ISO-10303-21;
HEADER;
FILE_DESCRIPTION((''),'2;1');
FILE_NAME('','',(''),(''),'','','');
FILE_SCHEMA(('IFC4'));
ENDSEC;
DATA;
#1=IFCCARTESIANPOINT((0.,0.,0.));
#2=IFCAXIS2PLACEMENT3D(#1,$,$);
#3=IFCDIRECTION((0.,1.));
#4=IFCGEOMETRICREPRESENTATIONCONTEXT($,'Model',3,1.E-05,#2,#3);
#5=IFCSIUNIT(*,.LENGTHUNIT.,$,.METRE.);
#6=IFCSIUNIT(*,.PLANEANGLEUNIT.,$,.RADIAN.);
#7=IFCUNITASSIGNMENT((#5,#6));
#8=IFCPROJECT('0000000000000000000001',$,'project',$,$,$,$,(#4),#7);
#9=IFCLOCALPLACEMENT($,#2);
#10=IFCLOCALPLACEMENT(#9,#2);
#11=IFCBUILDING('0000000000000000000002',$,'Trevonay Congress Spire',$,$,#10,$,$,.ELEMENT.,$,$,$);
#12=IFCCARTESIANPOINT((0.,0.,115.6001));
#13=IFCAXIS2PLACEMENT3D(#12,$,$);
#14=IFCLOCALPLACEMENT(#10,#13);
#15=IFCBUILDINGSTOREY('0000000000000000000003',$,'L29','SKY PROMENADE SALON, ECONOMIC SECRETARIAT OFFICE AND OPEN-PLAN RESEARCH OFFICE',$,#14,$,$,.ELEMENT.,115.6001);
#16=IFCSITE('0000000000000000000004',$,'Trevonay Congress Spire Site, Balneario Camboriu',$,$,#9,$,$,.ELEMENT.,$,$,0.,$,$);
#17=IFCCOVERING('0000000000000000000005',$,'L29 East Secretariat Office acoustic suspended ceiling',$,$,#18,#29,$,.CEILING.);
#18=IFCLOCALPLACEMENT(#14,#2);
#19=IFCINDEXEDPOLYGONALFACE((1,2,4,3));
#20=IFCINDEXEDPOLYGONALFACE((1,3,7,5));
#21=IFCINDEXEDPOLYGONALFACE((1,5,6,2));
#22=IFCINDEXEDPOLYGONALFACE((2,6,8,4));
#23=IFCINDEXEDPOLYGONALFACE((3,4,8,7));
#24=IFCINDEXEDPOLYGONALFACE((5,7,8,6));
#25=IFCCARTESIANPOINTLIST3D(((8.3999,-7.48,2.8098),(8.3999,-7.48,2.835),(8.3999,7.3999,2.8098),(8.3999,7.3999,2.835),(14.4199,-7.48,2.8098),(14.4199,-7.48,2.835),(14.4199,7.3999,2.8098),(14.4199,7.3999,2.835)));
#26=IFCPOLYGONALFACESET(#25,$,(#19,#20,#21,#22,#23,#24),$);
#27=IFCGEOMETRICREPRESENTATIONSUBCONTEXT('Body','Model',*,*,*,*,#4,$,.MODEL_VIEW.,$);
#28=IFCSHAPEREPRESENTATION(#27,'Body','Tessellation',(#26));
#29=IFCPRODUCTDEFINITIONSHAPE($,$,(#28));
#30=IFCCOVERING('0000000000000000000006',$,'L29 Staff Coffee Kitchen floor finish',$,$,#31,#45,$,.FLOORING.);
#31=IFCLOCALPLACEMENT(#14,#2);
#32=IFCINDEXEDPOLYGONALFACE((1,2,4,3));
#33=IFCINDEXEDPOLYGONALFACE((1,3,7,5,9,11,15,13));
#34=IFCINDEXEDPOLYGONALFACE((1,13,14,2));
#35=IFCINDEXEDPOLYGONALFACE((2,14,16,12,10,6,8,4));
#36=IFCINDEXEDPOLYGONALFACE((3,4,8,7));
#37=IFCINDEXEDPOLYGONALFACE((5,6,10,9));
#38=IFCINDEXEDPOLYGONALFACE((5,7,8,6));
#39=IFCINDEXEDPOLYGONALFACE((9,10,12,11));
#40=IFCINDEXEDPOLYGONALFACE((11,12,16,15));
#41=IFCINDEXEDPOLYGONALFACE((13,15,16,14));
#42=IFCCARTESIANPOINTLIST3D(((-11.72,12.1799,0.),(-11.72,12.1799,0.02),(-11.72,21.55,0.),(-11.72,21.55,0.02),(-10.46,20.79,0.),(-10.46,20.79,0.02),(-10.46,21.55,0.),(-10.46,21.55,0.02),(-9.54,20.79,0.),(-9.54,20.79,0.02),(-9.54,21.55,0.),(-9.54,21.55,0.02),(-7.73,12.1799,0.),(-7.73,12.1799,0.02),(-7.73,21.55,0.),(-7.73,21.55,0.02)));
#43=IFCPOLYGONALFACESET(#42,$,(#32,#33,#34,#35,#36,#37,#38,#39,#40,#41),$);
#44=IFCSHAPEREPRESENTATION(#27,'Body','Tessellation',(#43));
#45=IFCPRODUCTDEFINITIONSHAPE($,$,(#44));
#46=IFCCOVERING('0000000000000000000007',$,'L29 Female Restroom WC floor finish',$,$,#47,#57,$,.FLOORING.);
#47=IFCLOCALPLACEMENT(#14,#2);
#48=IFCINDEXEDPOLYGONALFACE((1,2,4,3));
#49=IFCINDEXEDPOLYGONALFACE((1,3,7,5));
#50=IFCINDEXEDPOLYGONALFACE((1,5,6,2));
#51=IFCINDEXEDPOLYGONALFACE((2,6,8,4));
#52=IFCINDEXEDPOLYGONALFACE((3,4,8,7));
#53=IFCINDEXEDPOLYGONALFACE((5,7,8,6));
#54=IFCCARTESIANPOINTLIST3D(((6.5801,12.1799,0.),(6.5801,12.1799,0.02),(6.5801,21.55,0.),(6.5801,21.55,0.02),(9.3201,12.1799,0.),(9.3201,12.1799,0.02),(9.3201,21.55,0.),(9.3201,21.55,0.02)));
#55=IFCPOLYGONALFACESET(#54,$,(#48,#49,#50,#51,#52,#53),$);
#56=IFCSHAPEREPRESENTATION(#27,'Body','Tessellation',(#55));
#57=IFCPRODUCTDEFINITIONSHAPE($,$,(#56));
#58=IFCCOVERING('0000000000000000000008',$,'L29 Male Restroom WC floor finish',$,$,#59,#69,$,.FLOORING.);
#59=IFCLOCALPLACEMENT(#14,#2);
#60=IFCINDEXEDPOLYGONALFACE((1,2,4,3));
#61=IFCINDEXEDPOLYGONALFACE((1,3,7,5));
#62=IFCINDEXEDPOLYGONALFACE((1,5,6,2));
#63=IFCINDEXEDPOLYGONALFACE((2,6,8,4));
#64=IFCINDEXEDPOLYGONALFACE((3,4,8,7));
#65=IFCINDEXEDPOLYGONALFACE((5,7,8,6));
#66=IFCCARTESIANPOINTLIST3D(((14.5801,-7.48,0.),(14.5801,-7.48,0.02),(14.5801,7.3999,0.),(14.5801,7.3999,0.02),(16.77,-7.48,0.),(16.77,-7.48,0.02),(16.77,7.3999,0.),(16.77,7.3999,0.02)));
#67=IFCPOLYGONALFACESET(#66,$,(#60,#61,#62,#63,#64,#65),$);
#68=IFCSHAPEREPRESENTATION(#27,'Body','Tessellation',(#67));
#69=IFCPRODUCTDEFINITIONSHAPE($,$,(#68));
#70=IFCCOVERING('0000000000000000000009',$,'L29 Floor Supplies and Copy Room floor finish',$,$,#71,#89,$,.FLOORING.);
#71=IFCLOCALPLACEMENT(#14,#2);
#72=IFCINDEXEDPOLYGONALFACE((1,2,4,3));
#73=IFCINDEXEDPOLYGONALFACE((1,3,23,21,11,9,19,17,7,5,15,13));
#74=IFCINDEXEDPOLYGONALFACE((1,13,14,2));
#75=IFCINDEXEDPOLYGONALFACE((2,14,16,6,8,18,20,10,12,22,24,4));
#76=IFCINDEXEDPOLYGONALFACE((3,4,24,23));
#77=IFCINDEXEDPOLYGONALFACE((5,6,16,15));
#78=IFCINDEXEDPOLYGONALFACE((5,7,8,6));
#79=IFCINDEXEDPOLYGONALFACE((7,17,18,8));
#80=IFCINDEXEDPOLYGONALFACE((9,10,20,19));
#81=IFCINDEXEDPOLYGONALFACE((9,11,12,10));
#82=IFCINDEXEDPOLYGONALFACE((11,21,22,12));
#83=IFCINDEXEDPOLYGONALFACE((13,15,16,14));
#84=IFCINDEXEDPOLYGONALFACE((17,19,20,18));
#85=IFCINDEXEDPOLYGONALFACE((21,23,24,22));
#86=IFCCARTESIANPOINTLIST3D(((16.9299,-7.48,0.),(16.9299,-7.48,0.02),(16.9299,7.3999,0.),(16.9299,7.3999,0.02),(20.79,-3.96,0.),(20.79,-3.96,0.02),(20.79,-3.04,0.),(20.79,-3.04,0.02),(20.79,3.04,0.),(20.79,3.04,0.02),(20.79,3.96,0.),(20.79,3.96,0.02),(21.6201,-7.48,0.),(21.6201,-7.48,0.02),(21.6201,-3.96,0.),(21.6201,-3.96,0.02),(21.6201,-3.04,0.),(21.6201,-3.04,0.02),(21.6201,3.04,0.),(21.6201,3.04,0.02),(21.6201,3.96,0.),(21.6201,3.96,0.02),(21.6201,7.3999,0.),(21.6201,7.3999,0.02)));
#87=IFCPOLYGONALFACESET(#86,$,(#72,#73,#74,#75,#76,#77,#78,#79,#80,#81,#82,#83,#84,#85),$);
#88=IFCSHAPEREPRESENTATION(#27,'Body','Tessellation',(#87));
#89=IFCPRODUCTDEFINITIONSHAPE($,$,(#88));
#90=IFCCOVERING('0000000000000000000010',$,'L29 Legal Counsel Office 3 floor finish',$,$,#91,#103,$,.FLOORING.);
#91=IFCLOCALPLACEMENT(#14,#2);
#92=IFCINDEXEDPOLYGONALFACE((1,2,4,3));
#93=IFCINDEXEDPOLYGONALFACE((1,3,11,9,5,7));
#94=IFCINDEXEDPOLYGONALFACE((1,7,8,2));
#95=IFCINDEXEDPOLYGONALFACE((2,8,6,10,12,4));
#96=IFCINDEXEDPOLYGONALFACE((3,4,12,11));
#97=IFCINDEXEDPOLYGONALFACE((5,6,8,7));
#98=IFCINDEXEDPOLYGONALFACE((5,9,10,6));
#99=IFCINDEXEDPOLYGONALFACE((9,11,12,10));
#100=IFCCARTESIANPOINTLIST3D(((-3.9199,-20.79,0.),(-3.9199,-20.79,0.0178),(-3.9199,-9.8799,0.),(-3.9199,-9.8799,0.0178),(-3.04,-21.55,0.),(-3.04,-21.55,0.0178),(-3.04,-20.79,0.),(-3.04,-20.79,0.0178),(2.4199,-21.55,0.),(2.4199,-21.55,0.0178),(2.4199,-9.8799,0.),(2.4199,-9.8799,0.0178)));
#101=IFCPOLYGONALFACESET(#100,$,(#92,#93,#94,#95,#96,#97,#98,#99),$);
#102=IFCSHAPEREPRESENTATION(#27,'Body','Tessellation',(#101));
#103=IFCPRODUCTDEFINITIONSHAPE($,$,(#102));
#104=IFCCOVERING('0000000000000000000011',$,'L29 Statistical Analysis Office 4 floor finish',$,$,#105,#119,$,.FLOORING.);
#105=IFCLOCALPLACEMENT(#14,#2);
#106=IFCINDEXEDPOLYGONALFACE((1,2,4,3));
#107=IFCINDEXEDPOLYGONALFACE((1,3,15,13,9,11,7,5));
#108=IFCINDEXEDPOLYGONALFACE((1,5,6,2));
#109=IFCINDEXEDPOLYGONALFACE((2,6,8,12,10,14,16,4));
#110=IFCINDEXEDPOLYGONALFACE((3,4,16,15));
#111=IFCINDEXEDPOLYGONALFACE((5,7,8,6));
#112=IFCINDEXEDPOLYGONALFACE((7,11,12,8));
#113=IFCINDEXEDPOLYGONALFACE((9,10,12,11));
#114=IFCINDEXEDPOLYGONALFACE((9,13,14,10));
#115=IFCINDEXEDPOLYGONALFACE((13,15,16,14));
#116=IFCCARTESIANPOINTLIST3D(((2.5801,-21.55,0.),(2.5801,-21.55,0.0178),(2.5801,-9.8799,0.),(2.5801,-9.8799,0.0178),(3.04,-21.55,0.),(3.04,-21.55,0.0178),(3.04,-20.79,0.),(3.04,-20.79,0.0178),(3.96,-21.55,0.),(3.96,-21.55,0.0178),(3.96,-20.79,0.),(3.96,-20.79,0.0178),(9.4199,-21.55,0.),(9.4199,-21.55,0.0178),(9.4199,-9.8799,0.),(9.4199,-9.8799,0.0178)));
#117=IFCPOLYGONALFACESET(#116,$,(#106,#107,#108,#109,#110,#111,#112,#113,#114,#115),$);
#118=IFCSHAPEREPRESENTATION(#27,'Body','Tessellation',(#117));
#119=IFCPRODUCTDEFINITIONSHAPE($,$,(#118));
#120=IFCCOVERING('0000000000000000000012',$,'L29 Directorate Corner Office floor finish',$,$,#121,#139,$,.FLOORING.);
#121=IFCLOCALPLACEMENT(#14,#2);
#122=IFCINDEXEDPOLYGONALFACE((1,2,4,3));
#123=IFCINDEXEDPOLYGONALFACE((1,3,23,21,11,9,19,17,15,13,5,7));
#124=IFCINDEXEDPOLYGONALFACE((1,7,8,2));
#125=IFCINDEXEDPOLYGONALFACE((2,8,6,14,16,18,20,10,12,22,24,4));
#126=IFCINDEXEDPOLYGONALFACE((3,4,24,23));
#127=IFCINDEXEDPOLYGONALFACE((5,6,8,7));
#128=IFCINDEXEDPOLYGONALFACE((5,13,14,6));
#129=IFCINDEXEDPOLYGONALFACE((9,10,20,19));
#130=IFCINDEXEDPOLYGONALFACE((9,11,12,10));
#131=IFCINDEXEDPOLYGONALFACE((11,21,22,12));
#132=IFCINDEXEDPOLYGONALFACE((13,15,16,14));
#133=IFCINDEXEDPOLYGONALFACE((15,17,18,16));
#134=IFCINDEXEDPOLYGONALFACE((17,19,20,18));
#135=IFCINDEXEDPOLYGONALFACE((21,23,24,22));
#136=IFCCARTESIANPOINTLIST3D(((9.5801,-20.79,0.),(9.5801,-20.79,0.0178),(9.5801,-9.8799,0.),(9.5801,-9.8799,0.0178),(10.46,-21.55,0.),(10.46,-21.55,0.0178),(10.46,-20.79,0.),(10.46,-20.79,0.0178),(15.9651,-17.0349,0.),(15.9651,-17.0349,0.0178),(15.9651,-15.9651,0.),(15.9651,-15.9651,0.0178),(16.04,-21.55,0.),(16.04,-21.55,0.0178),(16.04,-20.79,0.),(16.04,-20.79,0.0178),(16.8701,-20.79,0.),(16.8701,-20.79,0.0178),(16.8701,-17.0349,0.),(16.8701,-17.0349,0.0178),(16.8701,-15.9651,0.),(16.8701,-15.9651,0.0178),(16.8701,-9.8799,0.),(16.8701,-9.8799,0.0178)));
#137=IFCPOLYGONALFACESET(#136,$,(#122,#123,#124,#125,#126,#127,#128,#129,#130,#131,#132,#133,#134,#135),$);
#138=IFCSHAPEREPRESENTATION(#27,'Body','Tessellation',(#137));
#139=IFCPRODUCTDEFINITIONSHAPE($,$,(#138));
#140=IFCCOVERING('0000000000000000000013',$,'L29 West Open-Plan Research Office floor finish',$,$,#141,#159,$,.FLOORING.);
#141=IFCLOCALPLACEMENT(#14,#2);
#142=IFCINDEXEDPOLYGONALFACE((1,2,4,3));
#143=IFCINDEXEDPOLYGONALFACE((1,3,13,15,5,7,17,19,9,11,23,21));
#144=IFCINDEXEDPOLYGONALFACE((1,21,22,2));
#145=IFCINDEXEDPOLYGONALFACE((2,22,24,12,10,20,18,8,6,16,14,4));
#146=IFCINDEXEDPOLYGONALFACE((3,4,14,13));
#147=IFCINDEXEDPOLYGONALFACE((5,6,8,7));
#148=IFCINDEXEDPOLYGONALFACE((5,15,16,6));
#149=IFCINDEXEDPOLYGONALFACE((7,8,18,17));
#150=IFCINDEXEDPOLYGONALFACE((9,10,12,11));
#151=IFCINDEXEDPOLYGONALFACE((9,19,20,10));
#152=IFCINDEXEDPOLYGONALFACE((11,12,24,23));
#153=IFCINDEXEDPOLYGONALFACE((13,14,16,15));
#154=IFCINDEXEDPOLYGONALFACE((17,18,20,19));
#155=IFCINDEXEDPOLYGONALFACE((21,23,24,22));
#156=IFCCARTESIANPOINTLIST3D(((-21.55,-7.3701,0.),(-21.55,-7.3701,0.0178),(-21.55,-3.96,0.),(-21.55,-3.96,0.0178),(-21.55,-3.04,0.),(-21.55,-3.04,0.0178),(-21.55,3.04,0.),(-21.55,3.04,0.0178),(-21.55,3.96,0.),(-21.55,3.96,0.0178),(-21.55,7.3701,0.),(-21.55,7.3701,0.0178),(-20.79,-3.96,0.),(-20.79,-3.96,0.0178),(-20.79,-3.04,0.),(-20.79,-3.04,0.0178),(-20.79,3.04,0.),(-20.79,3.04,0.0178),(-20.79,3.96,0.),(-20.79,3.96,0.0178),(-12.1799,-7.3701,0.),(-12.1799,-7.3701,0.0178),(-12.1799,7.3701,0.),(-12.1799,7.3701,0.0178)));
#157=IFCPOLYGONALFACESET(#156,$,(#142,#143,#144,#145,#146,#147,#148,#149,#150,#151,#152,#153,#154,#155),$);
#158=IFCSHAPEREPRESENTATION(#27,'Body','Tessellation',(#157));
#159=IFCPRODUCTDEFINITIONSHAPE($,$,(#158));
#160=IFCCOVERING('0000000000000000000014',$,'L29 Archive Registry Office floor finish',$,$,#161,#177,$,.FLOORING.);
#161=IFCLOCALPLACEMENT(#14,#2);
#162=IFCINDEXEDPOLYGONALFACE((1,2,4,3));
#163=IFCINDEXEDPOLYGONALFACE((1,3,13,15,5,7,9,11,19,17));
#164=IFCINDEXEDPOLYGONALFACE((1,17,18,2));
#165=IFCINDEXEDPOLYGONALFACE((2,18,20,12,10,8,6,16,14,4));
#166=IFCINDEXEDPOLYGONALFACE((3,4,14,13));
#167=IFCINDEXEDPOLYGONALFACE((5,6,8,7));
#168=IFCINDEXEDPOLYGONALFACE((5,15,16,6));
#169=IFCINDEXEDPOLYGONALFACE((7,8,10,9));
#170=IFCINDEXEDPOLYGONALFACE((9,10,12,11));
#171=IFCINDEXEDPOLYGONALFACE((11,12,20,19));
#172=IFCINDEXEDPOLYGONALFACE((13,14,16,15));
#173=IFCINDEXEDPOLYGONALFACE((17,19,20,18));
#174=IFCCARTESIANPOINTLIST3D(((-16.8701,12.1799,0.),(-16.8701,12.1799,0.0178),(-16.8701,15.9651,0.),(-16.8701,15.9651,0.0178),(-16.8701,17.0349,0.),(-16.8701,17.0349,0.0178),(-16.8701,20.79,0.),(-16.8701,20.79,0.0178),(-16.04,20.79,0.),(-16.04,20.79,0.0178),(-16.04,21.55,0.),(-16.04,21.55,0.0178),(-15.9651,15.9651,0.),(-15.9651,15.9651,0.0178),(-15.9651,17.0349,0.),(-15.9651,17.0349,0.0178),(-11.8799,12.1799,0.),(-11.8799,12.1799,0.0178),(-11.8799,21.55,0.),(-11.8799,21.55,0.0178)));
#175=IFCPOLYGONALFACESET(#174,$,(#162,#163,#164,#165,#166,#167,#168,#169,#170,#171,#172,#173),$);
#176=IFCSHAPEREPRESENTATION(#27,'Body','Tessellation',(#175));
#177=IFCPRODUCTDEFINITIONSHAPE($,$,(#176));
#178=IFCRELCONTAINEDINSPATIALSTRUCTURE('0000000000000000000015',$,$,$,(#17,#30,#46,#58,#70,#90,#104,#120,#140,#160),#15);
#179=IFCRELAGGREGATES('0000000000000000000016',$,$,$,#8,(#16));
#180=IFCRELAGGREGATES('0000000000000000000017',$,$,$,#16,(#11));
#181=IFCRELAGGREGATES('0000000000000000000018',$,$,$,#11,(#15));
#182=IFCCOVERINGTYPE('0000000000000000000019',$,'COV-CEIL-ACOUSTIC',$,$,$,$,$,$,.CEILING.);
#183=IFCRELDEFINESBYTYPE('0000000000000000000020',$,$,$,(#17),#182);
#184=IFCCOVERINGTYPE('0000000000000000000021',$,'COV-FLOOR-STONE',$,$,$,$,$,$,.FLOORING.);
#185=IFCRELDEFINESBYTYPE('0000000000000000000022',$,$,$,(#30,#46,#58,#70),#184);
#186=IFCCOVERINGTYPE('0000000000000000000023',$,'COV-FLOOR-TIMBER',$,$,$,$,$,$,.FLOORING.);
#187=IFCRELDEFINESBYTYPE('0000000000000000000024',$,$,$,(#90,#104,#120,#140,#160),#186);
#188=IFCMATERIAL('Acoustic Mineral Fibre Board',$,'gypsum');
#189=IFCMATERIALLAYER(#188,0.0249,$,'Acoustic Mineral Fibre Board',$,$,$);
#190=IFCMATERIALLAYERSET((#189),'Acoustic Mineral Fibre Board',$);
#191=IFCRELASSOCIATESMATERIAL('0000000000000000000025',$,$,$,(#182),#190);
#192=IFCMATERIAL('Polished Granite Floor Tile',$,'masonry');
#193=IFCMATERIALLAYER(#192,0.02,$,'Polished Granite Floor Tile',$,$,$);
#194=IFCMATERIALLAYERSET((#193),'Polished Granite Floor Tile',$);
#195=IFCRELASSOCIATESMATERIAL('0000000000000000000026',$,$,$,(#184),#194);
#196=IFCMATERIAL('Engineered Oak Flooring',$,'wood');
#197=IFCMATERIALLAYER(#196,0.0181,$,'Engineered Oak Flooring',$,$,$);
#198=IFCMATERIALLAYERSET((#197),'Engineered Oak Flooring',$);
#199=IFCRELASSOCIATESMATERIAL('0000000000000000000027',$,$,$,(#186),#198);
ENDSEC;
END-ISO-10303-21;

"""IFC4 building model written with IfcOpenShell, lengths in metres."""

from ifc_helpers import new_model, si_unit, direction, frame, origin, place, context, subcontext, project, spatial, polyline, outline, extrude, material, layer, layer_set, type_object, element, save


model = new_model("IFC4")

# Units and contexts
model_context = context("Model", 3, precision=1e-05, world=origin(), true_north=direction((0.0, 1.0)))
body_context = subcontext(model_context, "Body", "Model", "MODEL_VIEW")
ifc_project = project(units=[si_unit("LENGTHUNIT", "METRE"), si_unit("PLANEANGLEUNIT", "RADIAN")], contexts=[model_context])

# Site, building, storey
site_placement = place(None, origin())
site = spatial("IfcSite", under=ifc_project, at=site_placement, Name="Trevonay Congress Spire Site, Balneario Camboriu", CompositionType="ELEMENT", RefElevation=0.0)
building_placement = place(site_placement, origin())
building = spatial("IfcBuilding", under=site, at=building_placement, Name="Trevonay Congress Spire", CompositionType="ELEMENT")
storey_placement = place(building_placement, frame((0.0, 0.0, 115.6001)))
storey = spatial("IfcBuildingStorey", under=building, at=storey_placement, Name="L29", Description="SKY PROMENADE SALON, ECONOMIC SECRETARIAT OFFICE AND OPEN-PLAN RESEARCH OFFICE", CompositionType="ELEMENT", Elevation=115.6001)

# Coverings
ifc_material_1 = material(Name="Acoustic Mineral Fibre Board", Category="gypsum")
ifc_layer_1 = layer(ifc_material_1, 0.0249, Name="Acoustic Mineral Fibre Board")
ifc_layer_set_1 = layer_set([ifc_layer_1], Name="Acoustic Mineral Fibre Board")
covering_type_1 = type_object("IfcCoveringType", Name="COV-CEIL-ACOUSTIC", PredefinedType="CEILING", material=ifc_layer_set_1)
covering_1_placement = place(storey_placement, frame((0.0, 0.0, 2.8098)))
element("IfcCovering", 1, at=covering_1_placement, inside=storey, type_object=covering_type_1, Name="L29 East Secretariat Office acoustic suspended ceiling", PredefinedType="CEILING", context=body_context, shape_type="SweptSolid", body=[
    extrude(outline(polyline([(8.3999, -7.48), (14.4199, -7.48), (14.4199, 7.3999), (8.3999, 7.3999), (8.3999, -7.48)])), origin(), (0.0, 0.0, 1.0), 0.0251),
])
ifc_material_2 = material(Name="Polished Granite Floor Tile", Category="masonry")
ifc_layer_2 = layer(ifc_material_2, 0.02, Name="Polished Granite Floor Tile")
ifc_layer_set_2 = layer_set([ifc_layer_2], Name="Polished Granite Floor Tile")
covering_type_2 = type_object("IfcCoveringType", Name="COV-FLOOR-STONE", PredefinedType="FLOORING", material=ifc_layer_set_2)
covering_2_placement = place(storey_placement, origin())
element("IfcCovering", 2, at=covering_2_placement, inside=storey, type_object=covering_type_2, Name="L29 Staff Coffee Kitchen floor finish", PredefinedType="FLOORING", context=body_context, shape_type="SweptSolid", body=[
    extrude(outline(polyline([(-7.73, 21.55), (-7.73, 12.1799), (-11.72, 12.1799), (-11.72, 21.55), (-10.46, 21.55), (-10.46, 20.79), (-9.54, 20.79), (-9.54, 21.55), (-7.73, 21.55)])), origin(), (0.0, 0.0, 1.0), 0.02),
])
covering_3_placement = place(storey_placement, origin())
element("IfcCovering", 3, at=covering_3_placement, inside=storey, type_object=covering_type_2, Name="L29 Female Restroom WC floor finish", PredefinedType="FLOORING", context=body_context, shape_type="SweptSolid", body=[
    extrude(outline(polyline([(6.5801, 12.1799), (9.3201, 12.1799), (9.3201, 21.55), (6.5801, 21.55), (6.5801, 12.1799)])), origin(), (0.0, 0.0, 1.0), 0.02),
])
covering_4_placement = place(storey_placement, origin())
element("IfcCovering", 4, at=covering_4_placement, inside=storey, type_object=covering_type_2, Name="L29 Male Restroom WC floor finish", PredefinedType="FLOORING", context=body_context, shape_type="SweptSolid", body=[
    extrude(outline(polyline([(14.5801, -7.48), (16.77, -7.48), (16.77, 7.3999), (14.5801, 7.3999), (14.5801, -7.48)])), origin(), (0.0, 0.0, 1.0), 0.02),
])
covering_5_placement = place(storey_placement, origin())
element("IfcCovering", 5, at=covering_5_placement, inside=storey, type_object=covering_type_2, Name="L29 Floor Supplies and Copy Room floor finish", PredefinedType="FLOORING", context=body_context, shape_type="SweptSolid", body=[
    extrude(outline(polyline([(21.6201, -7.48), (16.9299, -7.48), (16.9299, 7.3999), (21.6201, 7.3999), (21.6201, 3.96), (20.79, 3.96), (20.79, 3.04), (21.6201, 3.04), (21.6201, -3.04), (20.79, -3.04), (20.79, -3.96), (21.6201, -3.96), (21.6201, -7.48)])), origin(), (0.0, 0.0, 1.0), 0.02),
])
ifc_material_3 = material(Name="Engineered Oak Flooring", Category="wood")
ifc_layer_3 = layer(ifc_material_3, 0.0181, Name="Engineered Oak Flooring")
ifc_layer_set_3 = layer_set([ifc_layer_3], Name="Engineered Oak Flooring")
covering_type_3 = type_object("IfcCoveringType", Name="COV-FLOOR-TIMBER", PredefinedType="FLOORING", material=ifc_layer_set_3)
covering_6_placement = place(storey_placement, origin())
element("IfcCovering", 6, at=covering_6_placement, inside=storey, type_object=covering_type_3, Name="L29 Legal Counsel Office 3 floor finish", PredefinedType="FLOORING", context=body_context, shape_type="SweptSolid", body=[
    extrude(outline(polyline([(-3.9199, -9.8799), (2.4199, -9.8799), (2.4199, -21.55), (-3.04, -21.55), (-3.04, -20.79), (-3.9199, -20.79), (-3.9199, -9.8799)])), origin(), (0.0, 0.0, 1.0), 0.0178),
])
covering_7_placement = place(storey_placement, origin())
element("IfcCovering", 7, at=covering_7_placement, inside=storey, type_object=covering_type_3, Name="L29 Statistical Analysis Office 4 floor finish", PredefinedType="FLOORING", context=body_context, shape_type="SweptSolid", body=[
    extrude(outline(polyline([(2.5801, -21.55), (2.5801, -9.8799), (9.4199, -9.8799), (9.4199, -21.55), (3.96, -21.55), (3.96, -20.79), (3.04, -20.79), (3.04, -21.55), (2.5801, -21.55)])), origin(), (0.0, 0.0, 1.0), 0.0178),
])
covering_8_placement = place(storey_placement, origin())
element("IfcCovering", 8, at=covering_8_placement, inside=storey, type_object=covering_type_3, Name="L29 Directorate Corner Office floor finish", PredefinedType="FLOORING", context=body_context, shape_type="SweptSolid", body=[
    extrude(outline(polyline([(10.46, -21.55), (10.46, -20.79), (9.5801, -20.79), (9.5801, -9.8799), (16.8701, -9.8799), (16.8701, -15.9651), (15.9651, -15.9651), (15.9651, -17.0349), (16.8701, -17.0349), (16.8701, -20.79), (16.04, -20.79), (16.04, -21.55), (10.46, -21.55)])), origin(), (0.0, 0.0, 1.0), 0.0178),
])
covering_9_placement = place(storey_placement, origin())
element("IfcCovering", 9, at=covering_9_placement, inside=storey, type_object=covering_type_3, Name="L29 West Open-Plan Research Office floor finish", PredefinedType="FLOORING", context=body_context, shape_type="SweptSolid", body=[
    extrude(outline(polyline([(-21.55, 7.3701), (-12.1799, 7.3701), (-12.1799, -7.3701), (-21.55, -7.3701), (-21.55, -3.96), (-20.79, -3.96), (-20.79, -3.04), (-21.55, -3.04), (-21.55, 3.04), (-20.79, 3.04), (-20.79, 3.96), (-21.55, 3.96), (-21.55, 7.3701)])), origin(), (0.0, 0.0, 1.0), 0.0178),
])
covering_10_placement = place(storey_placement, origin())
element("IfcCovering", 10, at=covering_10_placement, inside=storey, type_object=covering_type_3, Name="L29 Archive Registry Office floor finish", PredefinedType="FLOORING", context=body_context, shape_type="SweptSolid", body=[
    extrude(outline(polyline([(-11.8799, 21.55), (-11.8799, 12.1799), (-16.8701, 12.1799), (-16.8701, 15.9651), (-15.9651, 15.9651), (-15.9651, 17.0349), (-16.8701, 17.0349), (-16.8701, 20.79), (-16.04, 20.79), (-16.04, 21.55), (-11.8799, 21.55)])), origin(), (0.0, 0.0, 1.0), 0.0178),
])

save(model, "model.ifc")
